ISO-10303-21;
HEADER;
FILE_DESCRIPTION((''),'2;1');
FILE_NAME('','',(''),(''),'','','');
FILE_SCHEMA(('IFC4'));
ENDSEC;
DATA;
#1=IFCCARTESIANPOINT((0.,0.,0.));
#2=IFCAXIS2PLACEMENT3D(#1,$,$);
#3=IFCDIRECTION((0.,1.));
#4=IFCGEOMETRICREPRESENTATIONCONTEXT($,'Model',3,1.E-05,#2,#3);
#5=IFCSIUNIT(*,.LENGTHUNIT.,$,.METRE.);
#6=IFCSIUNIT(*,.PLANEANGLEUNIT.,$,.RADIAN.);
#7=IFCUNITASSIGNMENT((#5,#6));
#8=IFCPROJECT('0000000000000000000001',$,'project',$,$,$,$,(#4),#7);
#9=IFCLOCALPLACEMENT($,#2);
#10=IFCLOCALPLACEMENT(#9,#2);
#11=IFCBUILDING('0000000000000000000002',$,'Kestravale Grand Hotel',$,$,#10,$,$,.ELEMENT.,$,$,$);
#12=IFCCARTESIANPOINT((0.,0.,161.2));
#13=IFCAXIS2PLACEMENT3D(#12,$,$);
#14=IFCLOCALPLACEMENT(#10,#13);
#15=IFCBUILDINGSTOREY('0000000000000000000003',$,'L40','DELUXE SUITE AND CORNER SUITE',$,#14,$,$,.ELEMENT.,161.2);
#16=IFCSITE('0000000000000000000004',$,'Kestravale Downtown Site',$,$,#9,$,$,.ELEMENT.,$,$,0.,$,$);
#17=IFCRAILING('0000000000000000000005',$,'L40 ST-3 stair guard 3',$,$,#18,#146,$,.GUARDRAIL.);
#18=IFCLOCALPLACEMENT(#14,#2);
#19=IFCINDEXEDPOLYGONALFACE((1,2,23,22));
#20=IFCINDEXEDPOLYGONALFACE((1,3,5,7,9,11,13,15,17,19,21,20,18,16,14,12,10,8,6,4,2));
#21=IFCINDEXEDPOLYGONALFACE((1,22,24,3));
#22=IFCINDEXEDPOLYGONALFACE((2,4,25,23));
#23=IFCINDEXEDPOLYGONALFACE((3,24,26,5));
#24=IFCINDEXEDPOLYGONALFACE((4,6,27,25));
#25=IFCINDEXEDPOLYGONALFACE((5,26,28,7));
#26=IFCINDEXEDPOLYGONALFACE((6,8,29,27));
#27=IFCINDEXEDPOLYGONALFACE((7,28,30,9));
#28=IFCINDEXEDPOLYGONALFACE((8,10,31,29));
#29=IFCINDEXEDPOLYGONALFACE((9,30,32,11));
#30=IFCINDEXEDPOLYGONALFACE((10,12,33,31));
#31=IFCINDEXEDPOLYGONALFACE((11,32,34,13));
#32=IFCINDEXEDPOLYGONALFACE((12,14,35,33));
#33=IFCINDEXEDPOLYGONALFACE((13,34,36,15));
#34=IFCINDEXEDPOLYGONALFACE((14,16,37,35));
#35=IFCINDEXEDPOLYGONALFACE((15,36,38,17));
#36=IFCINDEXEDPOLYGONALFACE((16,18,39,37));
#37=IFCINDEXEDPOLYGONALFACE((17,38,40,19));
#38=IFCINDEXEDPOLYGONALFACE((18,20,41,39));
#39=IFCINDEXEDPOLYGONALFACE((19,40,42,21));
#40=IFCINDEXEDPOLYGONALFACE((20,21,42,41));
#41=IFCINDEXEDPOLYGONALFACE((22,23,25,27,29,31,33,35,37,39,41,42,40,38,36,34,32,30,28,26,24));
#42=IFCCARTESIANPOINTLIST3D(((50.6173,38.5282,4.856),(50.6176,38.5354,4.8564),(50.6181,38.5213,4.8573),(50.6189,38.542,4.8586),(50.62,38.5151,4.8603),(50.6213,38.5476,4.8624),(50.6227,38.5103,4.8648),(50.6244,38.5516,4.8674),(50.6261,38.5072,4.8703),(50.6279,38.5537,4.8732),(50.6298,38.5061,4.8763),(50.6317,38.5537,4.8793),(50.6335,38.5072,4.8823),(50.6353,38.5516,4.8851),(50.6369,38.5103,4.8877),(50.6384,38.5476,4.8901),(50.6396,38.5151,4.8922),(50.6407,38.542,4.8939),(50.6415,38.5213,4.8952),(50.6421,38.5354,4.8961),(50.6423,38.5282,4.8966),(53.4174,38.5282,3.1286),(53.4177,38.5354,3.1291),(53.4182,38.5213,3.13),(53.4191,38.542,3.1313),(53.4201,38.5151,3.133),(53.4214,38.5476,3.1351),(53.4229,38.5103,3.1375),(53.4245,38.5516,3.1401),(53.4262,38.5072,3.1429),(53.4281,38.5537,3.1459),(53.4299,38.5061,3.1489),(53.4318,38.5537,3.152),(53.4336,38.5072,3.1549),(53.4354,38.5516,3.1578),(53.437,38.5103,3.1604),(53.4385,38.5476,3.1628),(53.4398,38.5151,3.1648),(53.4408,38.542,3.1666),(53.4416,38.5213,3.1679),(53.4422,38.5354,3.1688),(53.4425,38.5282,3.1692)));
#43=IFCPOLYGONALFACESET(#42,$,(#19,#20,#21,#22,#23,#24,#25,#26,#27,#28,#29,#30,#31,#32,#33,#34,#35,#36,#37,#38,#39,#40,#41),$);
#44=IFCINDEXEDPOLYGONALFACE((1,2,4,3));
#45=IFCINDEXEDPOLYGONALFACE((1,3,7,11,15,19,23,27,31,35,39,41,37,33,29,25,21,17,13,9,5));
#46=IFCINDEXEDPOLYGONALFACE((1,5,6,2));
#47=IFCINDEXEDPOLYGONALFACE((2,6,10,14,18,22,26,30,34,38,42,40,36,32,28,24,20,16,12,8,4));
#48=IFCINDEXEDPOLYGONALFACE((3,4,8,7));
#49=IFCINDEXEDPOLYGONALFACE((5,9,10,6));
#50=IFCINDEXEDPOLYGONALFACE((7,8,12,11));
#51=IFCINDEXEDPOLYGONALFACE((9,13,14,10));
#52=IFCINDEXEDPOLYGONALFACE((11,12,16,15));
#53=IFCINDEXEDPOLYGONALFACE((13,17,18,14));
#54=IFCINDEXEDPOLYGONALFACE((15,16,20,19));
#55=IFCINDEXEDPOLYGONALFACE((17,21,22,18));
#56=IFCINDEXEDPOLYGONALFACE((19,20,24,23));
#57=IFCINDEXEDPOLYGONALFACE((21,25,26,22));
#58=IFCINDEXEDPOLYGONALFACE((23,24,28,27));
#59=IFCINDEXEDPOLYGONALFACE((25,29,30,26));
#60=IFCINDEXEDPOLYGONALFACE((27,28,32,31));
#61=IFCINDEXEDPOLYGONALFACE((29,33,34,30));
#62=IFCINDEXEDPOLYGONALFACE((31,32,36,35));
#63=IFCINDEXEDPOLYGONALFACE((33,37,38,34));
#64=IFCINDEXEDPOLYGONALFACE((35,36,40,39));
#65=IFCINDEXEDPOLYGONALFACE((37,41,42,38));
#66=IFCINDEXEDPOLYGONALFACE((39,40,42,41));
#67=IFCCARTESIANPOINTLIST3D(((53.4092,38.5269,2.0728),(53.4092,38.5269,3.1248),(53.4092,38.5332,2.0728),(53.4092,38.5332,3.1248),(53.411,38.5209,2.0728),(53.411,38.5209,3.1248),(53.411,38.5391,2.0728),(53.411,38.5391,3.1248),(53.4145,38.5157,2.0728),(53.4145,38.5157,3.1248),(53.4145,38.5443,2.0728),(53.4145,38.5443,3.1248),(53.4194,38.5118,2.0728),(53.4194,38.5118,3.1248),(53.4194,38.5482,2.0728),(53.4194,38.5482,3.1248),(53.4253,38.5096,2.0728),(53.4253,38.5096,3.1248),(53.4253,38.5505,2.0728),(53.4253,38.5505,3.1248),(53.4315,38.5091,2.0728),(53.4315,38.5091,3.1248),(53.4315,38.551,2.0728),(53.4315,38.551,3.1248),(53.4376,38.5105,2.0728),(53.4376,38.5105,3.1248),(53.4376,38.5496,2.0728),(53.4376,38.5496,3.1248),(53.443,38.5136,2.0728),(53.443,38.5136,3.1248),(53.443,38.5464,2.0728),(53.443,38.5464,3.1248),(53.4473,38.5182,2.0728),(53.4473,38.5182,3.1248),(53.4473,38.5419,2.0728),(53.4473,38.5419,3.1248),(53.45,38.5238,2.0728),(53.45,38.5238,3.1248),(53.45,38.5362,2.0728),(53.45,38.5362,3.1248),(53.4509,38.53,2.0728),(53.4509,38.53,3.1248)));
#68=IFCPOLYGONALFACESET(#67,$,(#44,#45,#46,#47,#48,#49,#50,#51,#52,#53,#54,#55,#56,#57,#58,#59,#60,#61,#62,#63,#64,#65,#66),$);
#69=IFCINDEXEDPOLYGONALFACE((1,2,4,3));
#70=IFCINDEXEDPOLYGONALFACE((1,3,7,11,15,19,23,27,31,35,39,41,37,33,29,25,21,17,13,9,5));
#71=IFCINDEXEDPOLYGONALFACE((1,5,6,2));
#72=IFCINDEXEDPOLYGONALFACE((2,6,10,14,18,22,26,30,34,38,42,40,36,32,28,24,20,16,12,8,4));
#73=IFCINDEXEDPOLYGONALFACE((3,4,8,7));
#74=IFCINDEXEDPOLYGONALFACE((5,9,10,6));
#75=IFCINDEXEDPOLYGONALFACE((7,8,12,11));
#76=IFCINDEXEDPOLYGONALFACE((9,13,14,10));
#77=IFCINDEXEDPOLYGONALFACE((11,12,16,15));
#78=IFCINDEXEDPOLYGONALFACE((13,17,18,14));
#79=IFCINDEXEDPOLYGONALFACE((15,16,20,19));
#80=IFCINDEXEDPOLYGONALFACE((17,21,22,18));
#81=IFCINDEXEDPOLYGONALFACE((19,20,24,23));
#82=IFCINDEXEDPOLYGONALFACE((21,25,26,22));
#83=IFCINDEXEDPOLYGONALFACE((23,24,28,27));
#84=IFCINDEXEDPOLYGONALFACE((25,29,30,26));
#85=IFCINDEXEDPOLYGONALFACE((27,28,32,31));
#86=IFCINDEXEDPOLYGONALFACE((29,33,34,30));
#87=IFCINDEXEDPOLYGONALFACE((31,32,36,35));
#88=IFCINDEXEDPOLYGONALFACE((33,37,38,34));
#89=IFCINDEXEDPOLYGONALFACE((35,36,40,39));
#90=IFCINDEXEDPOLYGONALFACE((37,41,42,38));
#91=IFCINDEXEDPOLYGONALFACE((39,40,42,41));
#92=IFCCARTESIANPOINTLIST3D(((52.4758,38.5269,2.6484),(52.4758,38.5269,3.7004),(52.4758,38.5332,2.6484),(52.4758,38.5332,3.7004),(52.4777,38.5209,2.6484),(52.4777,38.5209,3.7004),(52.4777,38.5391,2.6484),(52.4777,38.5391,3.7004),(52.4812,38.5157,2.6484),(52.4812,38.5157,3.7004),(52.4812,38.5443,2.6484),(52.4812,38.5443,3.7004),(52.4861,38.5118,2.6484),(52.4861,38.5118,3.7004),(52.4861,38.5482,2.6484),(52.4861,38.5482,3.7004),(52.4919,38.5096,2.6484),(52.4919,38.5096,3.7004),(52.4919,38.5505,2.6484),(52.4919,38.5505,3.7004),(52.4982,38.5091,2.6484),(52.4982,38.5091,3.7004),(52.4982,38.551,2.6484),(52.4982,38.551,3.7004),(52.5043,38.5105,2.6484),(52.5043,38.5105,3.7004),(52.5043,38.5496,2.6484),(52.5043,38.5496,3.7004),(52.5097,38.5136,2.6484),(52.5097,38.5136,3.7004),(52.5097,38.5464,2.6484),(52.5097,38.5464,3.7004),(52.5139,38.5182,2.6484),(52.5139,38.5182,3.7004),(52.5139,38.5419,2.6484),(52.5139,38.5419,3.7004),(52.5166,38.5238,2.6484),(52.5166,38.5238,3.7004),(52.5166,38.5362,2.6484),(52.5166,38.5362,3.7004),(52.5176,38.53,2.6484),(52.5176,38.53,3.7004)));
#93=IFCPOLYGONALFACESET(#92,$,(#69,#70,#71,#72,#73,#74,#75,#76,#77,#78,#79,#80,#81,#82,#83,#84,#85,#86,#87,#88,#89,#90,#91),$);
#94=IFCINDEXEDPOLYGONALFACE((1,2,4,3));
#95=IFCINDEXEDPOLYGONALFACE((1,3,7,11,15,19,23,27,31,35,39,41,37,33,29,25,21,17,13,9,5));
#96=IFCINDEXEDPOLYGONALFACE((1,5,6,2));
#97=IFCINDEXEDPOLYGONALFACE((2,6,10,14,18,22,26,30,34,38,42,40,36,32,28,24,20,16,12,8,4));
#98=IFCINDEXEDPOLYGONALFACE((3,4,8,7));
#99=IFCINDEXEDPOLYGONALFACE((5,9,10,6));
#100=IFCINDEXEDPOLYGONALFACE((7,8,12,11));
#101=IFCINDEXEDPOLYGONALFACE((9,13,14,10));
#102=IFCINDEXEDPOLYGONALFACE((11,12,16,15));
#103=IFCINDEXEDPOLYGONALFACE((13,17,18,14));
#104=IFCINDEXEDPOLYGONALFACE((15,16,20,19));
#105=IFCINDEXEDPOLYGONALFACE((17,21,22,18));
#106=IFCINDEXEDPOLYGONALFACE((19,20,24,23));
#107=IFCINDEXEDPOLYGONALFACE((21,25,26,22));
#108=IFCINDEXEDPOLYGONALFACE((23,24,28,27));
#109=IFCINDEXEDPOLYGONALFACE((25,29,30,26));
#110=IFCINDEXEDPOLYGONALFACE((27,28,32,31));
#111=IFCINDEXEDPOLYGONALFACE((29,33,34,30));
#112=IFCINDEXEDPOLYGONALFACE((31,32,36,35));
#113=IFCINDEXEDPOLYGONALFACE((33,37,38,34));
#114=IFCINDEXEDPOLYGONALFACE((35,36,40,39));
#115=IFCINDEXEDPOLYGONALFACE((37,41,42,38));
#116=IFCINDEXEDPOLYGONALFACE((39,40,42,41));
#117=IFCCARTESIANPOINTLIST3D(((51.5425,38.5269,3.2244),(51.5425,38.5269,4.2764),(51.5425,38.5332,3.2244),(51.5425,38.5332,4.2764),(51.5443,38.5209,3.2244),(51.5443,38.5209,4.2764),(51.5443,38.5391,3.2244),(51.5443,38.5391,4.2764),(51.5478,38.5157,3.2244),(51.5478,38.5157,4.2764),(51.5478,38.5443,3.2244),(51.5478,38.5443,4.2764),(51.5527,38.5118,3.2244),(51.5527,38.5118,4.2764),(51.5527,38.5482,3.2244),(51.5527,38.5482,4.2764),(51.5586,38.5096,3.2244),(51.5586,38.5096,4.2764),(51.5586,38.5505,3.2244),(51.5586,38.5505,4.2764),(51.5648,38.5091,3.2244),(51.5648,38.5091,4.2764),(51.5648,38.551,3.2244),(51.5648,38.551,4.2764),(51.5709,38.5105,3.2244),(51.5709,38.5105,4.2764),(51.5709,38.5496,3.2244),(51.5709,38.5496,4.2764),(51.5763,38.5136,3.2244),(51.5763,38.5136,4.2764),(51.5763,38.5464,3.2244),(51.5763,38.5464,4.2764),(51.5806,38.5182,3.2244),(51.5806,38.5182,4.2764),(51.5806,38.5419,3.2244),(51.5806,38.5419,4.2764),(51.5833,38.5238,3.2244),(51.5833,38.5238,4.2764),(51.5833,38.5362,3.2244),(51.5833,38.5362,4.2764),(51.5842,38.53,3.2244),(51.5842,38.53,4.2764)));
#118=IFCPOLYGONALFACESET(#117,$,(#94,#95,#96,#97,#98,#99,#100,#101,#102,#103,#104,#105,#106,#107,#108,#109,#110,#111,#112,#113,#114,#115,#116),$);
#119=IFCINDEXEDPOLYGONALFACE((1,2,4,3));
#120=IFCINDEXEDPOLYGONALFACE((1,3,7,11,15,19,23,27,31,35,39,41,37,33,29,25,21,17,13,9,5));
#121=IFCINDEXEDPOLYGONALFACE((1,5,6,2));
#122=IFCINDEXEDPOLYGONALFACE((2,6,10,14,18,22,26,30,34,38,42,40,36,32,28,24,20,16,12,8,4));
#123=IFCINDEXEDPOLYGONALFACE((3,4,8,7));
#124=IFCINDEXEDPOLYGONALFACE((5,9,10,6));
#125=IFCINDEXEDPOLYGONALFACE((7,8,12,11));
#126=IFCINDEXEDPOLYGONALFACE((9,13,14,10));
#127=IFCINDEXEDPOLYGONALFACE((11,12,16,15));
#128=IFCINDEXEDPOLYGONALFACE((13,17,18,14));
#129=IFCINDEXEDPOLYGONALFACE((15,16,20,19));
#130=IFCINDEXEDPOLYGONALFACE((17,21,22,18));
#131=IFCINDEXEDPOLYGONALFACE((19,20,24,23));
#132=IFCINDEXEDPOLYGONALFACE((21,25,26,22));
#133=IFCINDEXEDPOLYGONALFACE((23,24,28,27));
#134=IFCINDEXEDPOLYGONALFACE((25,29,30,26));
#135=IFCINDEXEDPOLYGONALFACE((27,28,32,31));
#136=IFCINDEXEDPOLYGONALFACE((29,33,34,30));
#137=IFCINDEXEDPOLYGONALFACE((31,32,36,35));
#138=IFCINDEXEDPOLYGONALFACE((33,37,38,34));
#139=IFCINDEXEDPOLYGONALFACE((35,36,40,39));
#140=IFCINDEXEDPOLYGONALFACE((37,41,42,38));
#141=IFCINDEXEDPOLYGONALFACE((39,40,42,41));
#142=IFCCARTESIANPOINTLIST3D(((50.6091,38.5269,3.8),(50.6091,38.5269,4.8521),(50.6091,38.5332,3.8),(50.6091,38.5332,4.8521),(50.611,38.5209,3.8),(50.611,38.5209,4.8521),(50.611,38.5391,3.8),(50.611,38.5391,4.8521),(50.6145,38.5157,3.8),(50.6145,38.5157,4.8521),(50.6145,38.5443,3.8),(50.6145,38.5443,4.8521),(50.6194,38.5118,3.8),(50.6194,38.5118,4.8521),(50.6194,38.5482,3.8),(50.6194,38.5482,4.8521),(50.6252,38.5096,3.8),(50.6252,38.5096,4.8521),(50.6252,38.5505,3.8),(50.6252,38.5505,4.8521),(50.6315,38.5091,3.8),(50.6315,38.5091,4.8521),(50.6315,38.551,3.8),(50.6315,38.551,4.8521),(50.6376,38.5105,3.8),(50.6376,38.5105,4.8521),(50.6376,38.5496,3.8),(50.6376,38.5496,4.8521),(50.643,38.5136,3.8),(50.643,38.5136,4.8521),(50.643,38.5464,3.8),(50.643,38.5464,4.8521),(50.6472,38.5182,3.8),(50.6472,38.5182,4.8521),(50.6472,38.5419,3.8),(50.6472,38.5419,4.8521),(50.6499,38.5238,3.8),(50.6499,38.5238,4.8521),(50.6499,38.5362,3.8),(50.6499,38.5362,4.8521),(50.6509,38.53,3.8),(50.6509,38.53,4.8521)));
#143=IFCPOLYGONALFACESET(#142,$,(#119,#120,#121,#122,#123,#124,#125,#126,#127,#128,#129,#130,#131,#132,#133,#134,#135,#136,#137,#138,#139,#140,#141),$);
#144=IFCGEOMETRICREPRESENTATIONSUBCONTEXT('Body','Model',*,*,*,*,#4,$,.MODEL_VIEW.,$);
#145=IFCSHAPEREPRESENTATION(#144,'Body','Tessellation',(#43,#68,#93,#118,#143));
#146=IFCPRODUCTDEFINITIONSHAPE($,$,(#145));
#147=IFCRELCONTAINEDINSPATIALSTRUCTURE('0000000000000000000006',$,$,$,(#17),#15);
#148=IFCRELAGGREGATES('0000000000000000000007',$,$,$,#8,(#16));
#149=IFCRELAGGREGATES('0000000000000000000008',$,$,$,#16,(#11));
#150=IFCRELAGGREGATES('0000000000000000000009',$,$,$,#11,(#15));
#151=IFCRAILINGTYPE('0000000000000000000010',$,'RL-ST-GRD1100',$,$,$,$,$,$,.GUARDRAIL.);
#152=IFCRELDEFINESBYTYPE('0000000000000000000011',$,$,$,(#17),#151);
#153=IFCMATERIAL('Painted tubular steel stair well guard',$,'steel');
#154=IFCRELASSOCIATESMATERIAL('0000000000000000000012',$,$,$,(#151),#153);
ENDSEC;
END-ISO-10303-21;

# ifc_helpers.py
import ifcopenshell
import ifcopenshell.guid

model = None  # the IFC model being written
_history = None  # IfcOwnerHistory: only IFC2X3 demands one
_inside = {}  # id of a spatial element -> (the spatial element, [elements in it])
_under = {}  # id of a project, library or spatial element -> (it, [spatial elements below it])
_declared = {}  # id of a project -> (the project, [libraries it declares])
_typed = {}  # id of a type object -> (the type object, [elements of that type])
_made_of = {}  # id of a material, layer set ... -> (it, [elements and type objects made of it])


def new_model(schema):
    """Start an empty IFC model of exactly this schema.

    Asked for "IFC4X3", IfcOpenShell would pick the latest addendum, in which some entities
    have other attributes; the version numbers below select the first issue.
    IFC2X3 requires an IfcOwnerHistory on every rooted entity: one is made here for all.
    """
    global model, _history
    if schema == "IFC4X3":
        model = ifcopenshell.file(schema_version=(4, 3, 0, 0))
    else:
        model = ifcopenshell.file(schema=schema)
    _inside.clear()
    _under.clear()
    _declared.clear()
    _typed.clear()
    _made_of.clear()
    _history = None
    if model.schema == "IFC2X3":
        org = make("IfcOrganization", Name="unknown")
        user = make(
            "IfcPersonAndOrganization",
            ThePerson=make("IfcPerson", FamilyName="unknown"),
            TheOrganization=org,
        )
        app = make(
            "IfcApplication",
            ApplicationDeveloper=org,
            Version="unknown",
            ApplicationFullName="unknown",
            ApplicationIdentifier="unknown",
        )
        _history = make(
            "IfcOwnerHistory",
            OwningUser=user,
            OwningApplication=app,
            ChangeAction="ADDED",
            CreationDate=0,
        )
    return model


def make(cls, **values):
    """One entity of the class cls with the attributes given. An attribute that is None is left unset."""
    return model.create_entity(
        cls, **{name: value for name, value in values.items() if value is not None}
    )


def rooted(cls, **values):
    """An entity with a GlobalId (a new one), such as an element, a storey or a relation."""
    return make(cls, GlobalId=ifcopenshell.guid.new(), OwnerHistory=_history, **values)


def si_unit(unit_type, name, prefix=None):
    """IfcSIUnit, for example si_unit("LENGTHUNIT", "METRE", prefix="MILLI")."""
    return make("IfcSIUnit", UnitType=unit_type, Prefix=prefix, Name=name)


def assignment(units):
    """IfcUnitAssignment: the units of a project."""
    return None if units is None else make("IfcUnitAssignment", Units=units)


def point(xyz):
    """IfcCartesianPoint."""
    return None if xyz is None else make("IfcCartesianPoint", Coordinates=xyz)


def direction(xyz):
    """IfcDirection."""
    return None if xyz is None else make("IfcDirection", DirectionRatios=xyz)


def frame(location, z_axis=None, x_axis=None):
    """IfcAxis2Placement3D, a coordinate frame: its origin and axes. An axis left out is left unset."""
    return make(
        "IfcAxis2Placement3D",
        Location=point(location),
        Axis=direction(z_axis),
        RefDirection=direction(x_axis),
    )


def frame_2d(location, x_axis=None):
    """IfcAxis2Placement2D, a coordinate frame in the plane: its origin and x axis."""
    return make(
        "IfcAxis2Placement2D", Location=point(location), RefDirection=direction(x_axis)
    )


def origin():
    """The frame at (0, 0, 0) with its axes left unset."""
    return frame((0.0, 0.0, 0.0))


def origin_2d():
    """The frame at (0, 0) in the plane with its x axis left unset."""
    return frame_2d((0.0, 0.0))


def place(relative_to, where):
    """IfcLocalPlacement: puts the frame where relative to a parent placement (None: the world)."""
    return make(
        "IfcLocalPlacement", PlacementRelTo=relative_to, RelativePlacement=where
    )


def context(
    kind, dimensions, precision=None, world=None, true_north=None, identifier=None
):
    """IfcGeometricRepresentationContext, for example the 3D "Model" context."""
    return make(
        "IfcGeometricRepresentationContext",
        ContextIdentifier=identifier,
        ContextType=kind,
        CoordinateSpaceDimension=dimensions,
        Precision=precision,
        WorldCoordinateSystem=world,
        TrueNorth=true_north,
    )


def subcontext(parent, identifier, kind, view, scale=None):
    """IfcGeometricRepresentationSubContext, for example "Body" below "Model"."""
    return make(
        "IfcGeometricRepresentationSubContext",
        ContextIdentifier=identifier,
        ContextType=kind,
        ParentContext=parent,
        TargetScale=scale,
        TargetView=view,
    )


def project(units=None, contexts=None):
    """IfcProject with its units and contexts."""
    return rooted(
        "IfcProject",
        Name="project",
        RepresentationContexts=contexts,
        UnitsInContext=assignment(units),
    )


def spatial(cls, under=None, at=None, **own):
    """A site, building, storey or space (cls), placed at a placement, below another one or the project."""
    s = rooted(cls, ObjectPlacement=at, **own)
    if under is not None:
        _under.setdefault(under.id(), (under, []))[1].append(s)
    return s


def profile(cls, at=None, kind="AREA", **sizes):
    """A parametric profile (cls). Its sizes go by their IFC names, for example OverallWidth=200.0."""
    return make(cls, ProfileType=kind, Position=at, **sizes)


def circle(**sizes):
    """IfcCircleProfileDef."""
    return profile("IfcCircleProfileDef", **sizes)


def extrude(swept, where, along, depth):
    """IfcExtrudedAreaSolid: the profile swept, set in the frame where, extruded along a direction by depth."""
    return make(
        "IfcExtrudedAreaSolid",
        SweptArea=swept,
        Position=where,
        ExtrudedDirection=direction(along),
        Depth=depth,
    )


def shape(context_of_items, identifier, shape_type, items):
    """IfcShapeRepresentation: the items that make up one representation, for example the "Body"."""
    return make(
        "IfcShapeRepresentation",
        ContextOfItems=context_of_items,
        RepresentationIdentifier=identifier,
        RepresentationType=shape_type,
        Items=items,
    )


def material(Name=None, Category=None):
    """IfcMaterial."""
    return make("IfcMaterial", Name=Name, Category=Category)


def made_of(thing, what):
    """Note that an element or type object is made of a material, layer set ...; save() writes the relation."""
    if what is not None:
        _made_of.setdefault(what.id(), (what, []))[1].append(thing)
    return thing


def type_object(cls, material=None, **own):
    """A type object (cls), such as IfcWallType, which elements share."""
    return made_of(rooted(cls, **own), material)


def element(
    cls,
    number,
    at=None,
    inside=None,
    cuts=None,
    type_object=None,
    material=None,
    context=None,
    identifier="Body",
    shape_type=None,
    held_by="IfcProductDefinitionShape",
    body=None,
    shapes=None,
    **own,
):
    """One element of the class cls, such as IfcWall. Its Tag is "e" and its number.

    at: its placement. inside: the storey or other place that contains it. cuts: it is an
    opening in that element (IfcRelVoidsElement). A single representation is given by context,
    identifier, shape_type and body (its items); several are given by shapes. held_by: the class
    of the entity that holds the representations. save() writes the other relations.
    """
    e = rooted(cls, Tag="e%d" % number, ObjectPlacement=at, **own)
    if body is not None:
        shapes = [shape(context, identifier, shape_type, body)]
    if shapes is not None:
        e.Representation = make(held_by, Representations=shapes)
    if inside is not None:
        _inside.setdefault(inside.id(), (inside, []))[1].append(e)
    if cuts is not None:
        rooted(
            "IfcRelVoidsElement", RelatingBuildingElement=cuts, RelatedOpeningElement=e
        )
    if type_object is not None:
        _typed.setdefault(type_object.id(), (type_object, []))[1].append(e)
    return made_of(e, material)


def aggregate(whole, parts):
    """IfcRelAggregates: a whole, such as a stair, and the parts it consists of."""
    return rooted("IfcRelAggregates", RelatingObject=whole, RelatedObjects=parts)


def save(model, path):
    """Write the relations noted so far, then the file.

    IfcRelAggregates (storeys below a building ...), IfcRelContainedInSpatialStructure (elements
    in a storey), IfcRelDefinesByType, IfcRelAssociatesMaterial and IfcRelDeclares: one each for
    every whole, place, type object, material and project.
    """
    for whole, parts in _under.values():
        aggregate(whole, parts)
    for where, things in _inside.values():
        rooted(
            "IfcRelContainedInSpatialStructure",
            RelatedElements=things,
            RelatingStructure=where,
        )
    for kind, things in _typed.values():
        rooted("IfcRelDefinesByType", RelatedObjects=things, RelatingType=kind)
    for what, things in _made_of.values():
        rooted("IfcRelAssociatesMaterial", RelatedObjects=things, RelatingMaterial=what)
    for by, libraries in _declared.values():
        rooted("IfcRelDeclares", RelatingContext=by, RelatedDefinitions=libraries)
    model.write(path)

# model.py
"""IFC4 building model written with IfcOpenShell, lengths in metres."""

from ifc_helpers import new_model, si_unit, direction, frame, origin, origin_2d, place, context, subcontext, project, spatial, circle, extrude, material, type_object, element, save


model = new_model("IFC4")

# Units and contexts
model_context = context("Model", 3, precision=1e-05, world=origin(), true_north=direction((0.0, 1.0)))
body_context = subcontext(model_context, "Body", "Model", "MODEL_VIEW")
ifc_project = project(units=[si_unit("LENGTHUNIT", "METRE"), si_unit("PLANEANGLEUNIT", "RADIAN")], contexts=[model_context])

# Site, building, storey
site_placement = place(None, origin())
site = spatial("IfcSite", under=ifc_project, at=site_placement, Name="Kestravale Downtown Site", CompositionType="ELEMENT", RefElevation=0.0)
building_placement = place(site_placement, origin())
building = spatial("IfcBuilding", under=site, at=building_placement, Name="Kestravale Grand Hotel", CompositionType="ELEMENT")
storey_placement = place(building_placement, frame((0.0, 0.0, 161.2)))
storey = spatial("IfcBuildingStorey", under=building, at=storey_placement, Name="L40", Description="DELUXE SUITE AND CORNER SUITE", CompositionType="ELEMENT", Elevation=161.2)

# Railing
ifc_material_1 = material(Name="Painted tubular steel stair well guard", Category="steel")
railing_type_1 = type_object("IfcRailingType", Name="RL-ST-GRD1100", PredefinedType="GUARDRAIL", material=ifc_material_1)
railing_1_placement = place(storey_placement, frame((53.4299, 38.53, 2.0728)))
element("IfcRailing", 1, at=railing_1_placement, inside=storey, type_object=railing_type_1, Name="L40 ST-3 stair guard 3", PredefinedType="GUARDRAIL", context=body_context, shape_type="SweptSolid", body=[
    extrude(circle(Radius=0.0239, at=origin_2d()), frame((0.0, 0.0, 1.0762), z_axis=(-0.85109, 0.0, 0.52502), x_axis=(0.0, -1.0, 0.0)), (0.0, 0.0, 1.0), 3.29),
    extrude(circle(Radius=0.021, at=origin_2d()), origin(), (0.0, 0.0, 1.0), 1.052),
    extrude(circle(Radius=0.021, at=origin_2d()), frame((-0.9333, 0.0, 0.5757)), (0.0, 0.0, 1.0), 1.052),
    extrude(circle(Radius=0.021, at=origin_2d()), frame((-1.8667, 0.0, 1.1516)), (0.0, 0.0, 1.0), 1.052),
    extrude(circle(Radius=0.021, at=origin_2d()), frame((-2.8, 0.0, 1.7273)), (0.0, 0.0, 1.0), 1.052),
])

save(model, "model.ifc")
